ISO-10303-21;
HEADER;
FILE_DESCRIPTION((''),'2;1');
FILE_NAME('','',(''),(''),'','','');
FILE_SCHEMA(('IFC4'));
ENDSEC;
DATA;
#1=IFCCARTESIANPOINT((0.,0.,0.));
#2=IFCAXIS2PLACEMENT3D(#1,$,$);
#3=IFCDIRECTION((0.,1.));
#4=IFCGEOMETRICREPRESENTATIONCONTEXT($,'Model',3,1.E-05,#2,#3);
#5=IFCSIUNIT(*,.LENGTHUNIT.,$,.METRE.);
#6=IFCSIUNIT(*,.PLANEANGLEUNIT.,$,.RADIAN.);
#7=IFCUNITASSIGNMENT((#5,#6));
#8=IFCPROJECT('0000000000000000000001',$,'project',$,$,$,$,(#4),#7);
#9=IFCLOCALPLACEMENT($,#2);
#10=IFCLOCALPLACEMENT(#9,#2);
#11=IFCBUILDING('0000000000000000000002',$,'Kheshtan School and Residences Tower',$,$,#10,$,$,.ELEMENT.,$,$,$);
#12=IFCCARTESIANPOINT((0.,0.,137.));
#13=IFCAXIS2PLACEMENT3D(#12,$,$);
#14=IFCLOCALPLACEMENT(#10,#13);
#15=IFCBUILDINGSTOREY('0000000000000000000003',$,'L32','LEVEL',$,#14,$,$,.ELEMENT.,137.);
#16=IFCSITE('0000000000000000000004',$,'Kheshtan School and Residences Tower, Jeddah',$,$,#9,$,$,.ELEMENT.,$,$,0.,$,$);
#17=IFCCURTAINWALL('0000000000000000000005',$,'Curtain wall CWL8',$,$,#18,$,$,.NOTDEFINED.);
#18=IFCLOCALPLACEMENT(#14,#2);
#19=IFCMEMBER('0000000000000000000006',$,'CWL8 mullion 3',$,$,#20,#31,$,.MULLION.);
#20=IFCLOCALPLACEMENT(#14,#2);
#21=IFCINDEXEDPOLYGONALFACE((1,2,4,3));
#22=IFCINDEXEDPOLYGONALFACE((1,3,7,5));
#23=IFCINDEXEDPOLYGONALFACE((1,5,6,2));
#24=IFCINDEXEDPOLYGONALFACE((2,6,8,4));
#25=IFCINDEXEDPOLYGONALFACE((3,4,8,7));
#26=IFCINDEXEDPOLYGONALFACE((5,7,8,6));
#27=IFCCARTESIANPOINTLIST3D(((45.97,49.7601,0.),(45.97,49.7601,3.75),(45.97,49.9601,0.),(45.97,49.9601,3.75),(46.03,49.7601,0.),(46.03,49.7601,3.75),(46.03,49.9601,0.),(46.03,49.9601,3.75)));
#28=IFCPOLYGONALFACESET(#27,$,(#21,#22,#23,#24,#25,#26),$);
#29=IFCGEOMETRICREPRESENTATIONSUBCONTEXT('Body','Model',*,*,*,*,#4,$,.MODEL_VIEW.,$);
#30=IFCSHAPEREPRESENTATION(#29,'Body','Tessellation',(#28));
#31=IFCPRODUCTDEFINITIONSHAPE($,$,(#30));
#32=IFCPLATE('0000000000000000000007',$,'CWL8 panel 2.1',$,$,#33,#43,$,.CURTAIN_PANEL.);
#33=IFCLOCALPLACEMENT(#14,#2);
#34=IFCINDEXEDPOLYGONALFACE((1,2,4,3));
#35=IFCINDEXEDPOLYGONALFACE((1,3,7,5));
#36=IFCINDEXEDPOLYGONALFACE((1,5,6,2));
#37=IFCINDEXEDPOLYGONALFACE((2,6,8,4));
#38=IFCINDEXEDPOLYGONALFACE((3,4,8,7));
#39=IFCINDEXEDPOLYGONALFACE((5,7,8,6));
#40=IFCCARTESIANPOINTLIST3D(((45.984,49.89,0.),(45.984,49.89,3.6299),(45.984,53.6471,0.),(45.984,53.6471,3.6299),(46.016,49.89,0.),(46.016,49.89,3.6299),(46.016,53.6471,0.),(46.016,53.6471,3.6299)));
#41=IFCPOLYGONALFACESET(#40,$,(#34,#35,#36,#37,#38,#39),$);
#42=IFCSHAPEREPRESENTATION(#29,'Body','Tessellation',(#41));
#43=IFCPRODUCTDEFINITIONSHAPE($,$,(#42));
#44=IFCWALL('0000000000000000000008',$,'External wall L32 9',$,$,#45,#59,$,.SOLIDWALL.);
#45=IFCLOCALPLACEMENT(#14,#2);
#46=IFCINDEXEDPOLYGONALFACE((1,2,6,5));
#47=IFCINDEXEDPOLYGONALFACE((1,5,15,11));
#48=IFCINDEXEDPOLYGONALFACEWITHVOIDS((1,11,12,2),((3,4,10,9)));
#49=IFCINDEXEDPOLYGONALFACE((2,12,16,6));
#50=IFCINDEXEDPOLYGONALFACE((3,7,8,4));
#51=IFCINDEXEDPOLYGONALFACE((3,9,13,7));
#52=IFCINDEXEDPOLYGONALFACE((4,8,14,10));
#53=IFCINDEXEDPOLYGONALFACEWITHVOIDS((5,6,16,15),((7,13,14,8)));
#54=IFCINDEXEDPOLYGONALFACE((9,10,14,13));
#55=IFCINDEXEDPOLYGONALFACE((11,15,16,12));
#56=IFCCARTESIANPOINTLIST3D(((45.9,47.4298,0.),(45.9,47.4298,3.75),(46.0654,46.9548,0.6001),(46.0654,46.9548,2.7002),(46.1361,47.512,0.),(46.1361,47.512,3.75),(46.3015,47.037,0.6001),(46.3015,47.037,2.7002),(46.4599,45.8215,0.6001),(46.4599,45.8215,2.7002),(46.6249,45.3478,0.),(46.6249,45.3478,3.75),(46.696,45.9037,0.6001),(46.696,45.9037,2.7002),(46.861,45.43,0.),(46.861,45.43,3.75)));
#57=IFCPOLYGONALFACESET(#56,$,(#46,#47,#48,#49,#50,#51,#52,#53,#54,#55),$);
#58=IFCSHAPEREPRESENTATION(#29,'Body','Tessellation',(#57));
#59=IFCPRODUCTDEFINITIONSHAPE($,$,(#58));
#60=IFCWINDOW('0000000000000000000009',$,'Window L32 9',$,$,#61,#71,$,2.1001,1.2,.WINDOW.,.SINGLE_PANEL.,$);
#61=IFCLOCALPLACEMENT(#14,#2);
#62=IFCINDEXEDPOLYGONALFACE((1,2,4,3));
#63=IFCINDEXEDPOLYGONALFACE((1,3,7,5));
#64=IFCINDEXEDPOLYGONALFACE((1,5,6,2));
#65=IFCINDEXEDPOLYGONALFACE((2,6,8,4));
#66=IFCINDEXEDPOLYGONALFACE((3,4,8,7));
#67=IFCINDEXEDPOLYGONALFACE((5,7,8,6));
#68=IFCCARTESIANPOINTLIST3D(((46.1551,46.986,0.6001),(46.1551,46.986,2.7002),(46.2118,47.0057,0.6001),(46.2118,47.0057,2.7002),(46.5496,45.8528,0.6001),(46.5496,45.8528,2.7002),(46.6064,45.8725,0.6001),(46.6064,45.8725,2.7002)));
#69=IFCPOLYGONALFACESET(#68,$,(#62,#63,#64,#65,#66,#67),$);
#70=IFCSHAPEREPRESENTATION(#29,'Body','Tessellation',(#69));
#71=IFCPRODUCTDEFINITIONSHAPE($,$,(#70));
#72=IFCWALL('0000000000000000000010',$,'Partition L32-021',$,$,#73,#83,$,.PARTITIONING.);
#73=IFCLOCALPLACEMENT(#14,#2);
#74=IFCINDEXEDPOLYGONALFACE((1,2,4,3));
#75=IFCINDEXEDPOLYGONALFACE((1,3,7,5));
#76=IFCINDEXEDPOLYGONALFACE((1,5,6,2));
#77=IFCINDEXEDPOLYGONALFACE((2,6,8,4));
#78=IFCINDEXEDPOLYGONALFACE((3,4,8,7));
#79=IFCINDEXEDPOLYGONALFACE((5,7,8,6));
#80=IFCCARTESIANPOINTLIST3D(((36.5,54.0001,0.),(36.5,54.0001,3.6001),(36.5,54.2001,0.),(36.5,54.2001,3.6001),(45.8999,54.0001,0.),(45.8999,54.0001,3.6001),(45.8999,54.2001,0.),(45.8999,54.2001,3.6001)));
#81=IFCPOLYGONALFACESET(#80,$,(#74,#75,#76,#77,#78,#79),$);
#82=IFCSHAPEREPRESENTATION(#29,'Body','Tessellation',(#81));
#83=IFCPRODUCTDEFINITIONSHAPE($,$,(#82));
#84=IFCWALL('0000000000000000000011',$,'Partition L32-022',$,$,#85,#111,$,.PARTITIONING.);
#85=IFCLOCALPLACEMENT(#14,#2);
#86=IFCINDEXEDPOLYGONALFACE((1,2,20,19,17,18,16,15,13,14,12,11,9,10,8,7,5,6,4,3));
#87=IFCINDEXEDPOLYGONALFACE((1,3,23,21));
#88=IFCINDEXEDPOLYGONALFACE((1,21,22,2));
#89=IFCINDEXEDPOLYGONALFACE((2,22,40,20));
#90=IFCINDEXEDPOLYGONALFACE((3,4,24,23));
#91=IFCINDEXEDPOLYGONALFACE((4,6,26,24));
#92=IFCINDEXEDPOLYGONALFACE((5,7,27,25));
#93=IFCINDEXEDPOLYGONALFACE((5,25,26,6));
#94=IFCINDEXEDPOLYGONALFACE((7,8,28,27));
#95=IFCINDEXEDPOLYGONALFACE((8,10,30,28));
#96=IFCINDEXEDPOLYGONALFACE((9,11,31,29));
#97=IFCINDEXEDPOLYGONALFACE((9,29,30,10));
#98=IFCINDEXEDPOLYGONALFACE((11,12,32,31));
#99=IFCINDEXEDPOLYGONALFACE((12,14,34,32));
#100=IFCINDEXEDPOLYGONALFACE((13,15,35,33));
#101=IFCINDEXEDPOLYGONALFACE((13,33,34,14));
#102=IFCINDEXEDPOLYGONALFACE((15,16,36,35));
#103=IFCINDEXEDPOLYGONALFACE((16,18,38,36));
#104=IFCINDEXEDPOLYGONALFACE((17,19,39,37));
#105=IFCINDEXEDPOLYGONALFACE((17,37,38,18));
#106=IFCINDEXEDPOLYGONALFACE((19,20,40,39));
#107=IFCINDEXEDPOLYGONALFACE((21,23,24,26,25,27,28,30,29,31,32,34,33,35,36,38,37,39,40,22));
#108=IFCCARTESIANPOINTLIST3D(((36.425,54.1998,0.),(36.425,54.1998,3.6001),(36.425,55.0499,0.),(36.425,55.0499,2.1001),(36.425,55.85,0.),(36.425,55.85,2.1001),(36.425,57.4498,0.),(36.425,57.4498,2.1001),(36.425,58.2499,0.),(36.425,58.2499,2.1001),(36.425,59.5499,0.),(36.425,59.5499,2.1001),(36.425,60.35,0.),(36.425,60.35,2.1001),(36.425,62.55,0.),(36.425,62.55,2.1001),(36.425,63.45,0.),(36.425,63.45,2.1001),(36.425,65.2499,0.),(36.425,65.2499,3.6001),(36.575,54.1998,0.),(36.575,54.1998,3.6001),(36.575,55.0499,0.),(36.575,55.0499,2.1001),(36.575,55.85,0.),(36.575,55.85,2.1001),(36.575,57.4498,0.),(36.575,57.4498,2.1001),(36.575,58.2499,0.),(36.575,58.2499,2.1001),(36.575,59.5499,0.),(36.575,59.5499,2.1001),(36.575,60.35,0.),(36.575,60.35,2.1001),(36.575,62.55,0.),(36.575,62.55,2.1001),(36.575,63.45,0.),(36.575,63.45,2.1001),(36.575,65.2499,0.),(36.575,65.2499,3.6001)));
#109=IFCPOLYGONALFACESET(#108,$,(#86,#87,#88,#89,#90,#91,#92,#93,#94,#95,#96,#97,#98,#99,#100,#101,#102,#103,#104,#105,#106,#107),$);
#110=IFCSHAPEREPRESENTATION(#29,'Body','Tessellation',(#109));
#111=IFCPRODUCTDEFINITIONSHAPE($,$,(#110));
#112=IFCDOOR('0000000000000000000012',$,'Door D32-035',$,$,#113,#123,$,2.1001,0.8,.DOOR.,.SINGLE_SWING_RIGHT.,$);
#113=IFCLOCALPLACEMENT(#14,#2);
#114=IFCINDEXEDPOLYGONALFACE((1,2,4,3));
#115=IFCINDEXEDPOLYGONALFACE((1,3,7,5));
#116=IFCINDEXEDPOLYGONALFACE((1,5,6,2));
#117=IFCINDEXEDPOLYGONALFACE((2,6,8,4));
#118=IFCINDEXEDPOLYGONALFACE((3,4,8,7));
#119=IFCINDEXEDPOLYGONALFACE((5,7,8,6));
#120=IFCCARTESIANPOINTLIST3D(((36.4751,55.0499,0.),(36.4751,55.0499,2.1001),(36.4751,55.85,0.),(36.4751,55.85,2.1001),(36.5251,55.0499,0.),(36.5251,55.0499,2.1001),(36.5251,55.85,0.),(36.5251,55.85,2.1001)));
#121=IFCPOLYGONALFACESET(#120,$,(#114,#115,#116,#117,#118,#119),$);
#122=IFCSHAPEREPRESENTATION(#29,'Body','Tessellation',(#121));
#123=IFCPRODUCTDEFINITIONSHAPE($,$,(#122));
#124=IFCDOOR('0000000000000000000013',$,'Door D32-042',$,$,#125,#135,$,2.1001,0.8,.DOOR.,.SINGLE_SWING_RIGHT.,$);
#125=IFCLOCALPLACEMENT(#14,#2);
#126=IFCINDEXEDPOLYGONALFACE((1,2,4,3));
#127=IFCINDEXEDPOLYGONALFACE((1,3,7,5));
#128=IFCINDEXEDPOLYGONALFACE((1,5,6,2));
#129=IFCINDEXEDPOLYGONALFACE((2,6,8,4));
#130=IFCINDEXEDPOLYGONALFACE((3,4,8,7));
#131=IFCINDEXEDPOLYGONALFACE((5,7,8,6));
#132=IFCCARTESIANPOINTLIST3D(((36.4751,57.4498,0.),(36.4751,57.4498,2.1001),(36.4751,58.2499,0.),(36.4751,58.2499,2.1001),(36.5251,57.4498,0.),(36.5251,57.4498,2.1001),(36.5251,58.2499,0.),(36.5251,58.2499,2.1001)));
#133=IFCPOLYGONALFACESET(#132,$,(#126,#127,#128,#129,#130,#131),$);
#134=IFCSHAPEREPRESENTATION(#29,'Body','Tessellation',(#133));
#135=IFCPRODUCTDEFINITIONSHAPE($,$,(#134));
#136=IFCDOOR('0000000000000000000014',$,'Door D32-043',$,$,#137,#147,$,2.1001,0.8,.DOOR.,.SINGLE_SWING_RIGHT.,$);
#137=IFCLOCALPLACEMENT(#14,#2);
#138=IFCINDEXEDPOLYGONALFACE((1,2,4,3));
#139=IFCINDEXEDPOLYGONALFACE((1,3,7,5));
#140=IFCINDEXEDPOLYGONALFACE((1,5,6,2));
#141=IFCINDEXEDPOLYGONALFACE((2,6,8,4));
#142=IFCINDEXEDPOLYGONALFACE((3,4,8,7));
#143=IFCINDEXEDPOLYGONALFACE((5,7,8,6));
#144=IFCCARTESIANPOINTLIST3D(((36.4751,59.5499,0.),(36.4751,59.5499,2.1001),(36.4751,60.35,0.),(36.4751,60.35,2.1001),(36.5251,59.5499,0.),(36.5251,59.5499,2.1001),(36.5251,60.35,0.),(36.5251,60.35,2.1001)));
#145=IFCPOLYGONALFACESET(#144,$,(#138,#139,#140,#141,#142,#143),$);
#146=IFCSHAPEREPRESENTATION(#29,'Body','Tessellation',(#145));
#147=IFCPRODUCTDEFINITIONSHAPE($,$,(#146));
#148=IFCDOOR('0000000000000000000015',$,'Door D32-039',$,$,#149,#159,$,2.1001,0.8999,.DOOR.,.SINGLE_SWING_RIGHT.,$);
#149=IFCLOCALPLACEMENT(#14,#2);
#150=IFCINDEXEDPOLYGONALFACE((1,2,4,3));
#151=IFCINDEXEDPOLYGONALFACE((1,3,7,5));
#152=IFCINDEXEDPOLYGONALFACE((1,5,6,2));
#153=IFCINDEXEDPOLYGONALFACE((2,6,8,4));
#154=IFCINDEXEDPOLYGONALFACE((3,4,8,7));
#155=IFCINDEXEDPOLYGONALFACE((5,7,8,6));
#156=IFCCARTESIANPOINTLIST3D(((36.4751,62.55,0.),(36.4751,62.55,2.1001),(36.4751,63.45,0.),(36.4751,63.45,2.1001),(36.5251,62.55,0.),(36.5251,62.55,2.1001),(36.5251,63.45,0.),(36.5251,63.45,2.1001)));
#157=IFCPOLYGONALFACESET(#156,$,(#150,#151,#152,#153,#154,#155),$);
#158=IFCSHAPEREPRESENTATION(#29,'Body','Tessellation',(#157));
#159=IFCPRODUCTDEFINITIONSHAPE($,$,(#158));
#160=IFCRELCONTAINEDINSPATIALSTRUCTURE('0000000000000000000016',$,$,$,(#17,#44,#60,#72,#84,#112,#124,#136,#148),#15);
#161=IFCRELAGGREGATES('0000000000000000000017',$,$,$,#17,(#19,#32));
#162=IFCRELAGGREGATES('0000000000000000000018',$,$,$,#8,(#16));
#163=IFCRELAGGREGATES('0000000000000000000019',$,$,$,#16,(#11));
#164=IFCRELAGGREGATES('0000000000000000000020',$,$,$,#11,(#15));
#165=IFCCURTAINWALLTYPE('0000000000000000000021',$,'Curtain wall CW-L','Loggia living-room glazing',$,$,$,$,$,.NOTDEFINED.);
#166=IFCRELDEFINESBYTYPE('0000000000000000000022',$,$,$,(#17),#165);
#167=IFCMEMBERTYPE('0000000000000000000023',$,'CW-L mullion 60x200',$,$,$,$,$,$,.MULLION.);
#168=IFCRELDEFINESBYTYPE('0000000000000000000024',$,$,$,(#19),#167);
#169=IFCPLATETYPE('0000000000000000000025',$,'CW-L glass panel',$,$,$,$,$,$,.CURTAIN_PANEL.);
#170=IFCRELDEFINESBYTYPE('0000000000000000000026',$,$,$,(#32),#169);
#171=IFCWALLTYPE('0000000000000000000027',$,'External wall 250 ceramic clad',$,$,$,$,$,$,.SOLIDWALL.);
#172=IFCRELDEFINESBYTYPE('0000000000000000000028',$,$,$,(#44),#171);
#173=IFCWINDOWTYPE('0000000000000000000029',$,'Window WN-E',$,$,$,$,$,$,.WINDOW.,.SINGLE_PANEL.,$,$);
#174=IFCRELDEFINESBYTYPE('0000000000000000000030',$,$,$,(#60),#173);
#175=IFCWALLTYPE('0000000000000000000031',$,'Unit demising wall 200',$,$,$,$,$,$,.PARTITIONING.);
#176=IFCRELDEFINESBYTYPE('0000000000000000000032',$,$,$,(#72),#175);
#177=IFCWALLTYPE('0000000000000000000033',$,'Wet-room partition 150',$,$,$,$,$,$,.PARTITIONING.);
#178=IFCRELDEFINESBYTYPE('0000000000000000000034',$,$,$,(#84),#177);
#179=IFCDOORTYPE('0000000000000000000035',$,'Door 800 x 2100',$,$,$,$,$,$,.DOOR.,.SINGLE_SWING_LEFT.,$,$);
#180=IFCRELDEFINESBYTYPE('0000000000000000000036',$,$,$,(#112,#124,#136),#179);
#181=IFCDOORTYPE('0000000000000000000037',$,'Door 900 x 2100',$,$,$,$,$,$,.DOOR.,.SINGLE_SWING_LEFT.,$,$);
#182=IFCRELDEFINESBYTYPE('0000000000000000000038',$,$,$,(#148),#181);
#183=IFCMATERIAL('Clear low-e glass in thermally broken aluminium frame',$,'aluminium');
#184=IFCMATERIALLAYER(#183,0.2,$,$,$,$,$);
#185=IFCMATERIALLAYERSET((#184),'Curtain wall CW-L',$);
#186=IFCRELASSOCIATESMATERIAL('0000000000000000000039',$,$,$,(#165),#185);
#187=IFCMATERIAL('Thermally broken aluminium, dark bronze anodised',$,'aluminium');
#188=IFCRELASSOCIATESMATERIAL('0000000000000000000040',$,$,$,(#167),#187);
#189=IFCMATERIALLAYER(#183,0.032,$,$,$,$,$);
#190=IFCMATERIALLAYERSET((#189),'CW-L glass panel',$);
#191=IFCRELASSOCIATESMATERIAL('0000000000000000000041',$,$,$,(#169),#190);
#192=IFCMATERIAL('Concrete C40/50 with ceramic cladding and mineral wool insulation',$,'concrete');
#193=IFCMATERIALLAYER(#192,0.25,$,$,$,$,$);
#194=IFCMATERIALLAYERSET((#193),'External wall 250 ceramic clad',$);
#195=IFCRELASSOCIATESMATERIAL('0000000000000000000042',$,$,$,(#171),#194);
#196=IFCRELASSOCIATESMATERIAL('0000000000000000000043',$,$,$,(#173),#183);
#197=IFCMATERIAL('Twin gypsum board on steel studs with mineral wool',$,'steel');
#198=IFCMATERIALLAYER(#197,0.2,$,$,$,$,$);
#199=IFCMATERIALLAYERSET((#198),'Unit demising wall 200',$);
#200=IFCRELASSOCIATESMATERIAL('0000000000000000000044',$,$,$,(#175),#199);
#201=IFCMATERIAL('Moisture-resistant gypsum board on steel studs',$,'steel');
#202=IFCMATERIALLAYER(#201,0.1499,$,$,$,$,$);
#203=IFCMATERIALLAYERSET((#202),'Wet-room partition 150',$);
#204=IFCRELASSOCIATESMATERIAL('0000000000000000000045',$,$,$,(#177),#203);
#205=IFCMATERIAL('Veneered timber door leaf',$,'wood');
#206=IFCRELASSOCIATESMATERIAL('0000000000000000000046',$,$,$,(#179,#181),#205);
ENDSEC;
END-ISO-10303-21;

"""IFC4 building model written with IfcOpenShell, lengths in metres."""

from ifc_helpers import new_model, si_unit, direction, frame, frame_2d, origin, origin_2d, place, context, subcontext, project, spatial, rectangle, extrude, source, transform, mapped, material, layer, layer_set, material_profile, profile_set, type_object, element, fill, aggregate, save


model = new_model("IFC4")

# Units and contexts
model_context = context("Model", 3, precision=1e-05, world=origin(), true_north=direction((0.0, 1.0)))
body_context = subcontext(model_context, "Body", "Model", "MODEL_VIEW")
ifc_project = project(units=[si_unit("LENGTHUNIT", "METRE"), si_unit("PLANEANGLEUNIT", "RADIAN")], contexts=[model_context])

# Site, building, storey
site_placement = place(None, origin())
site = spatial("IfcSite", under=ifc_project, at=site_placement, Name="Kheshtan School and Residences Tower, Jeddah", CompositionType="ELEMENT", RefElevation=0.0)
building_placement = place(site_placement, origin())
building = spatial("IfcBuilding", under=site, at=building_placement, Name="Kheshtan School and Residences Tower", CompositionType="ELEMENT")
storey_placement = place(building_placement, frame((0.0, 0.0, 137.0)))
storey = spatial("IfcBuildingStorey", under=building, at=storey_placement, Name="L32", Description="LEVEL", CompositionType="ELEMENT", Elevation=137.0)

# Curtain wall, member, plate
ifc_material_1 = material(Name="Clear low-e glass in thermally broken aluminium frame", Category="aluminium")
ifc_layer_1 = layer(ifc_material_1, 0.2)
ifc_layer_set_1 = layer_set([ifc_layer_1], Name="Curtain wall CW-L")
curtain_wall_type = type_object("IfcCurtainWallType", Name="Curtain wall CW-L", Description="Loggia living-room glazing", PredefinedType="NOTDEFINED", material=ifc_layer_set_1)
curtain_wall_placement = place(storey_placement, origin())
curtain_wall = element("IfcCurtainWall", 1, at=curtain_wall_placement, inside=storey, type_object=curtain_wall_type, Name="Curtain wall CWL8", PredefinedType="NOTDEFINED")
ifc_material_2 = material(Name="Thermally broken aluminium, dark bronze anodised", Category="aluminium")
ifc_material_profile_1 = material_profile(ifc_material_2, rectangle(XDim=0.0601, YDim=0.2, at=origin_2d()), Name="CW-L mullion 60x200")
ifc_profile_set_1 = profile_set([ifc_material_profile_1], Name="Thermally broken aluminium, dark bronze anodised")
member_type = type_object("IfcMemberType", Name="CW-L mullion 60x200", PredefinedType="MULLION", material=ifc_profile_set_1)
member_1_placement = place(storey_placement, frame((46.0, 49.8601, 0.0), z_axis=(0.0, 0.0, 1.0), x_axis=(1.0, 0.0, 0.0)))
member_1 = element("IfcMember", 2, at=member_1_placement, type_object=member_type, Name="CWL8 mullion 3", PredefinedType="MULLION", context=body_context, shape_type="SweptSolid", body=[
    extrude(rectangle(XDim=0.0601, YDim=0.2, at=origin_2d()), origin(), (0.0, 0.0, 1.0), 3.75),
])
ifc_layer_2 = layer(ifc_material_1, 0.032)
ifc_layer_set_2 = layer_set([ifc_layer_2], Name="CW-L glass panel")
plate_type = type_object("IfcPlateType", Name="CW-L glass panel", PredefinedType="CURTAIN_PANEL", material=ifc_layer_set_2)
plate_placement = place(storey_placement, frame((46.0, 51.7686, 0.0), z_axis=(0.0, 0.0, 1.0), x_axis=(0.0, -1.0, 0.0)))
plate = element("IfcPlate", 3, at=plate_placement, type_object=plate_type, Name="CWL8 panel 2.1", PredefinedType="CURTAIN_PANEL", context=body_context, shape_type="SweptSolid", body=[
    extrude(rectangle(XDim=3.7571, YDim=0.032, at=origin_2d()), origin(), (0.0, 0.0, 1.0), 3.6299),
])
aggregate(curtain_wall, [member_1, plate])

# Wall, opening, window
ifc_material_3 = material(Name="Concrete C40/50 with ceramic cladding and mineral wool insulation", Category="concrete")
ifc_layer_3 = layer(ifc_material_3, 0.25)
ifc_layer_set_3 = layer_set([ifc_layer_3], Name="External wall 250 ceramic clad")
wall_type_1 = type_object("IfcWallType", Name="External wall 250 ceramic clad", PredefinedType="SOLIDWALL", material=ifc_layer_set_3)
wall_1_placement = place(storey_placement, frame((46.0181, 47.4709, 0.0), z_axis=(0.0, 0.0, 1.0), x_axis=(0.328791, -0.944403, 0.0)))
wall_1 = element("IfcWall", 4, at=wall_1_placement, inside=storey, type_object=wall_type_1, Name="External wall L32 9", PredefinedType="SOLIDWALL", context=body_context, shape_type="SweptSolid", body=[
    extrude(rectangle(XDim=2.2046, YDim=0.25, at=frame_2d((1.1023, 0.0))), origin(), (0.0, 0.0, 1.0), 3.75),
])
opening_1_placement = place(wall_1_placement, frame((0.5029, 0.0, 0.6001)))
opening_1 = element("IfcOpeningElement", 5, at=opening_1_placement, cuts=wall_1, PredefinedType="OPENING", context=body_context, shape_type="SweptSolid", body=[
    extrude(rectangle(XDim=1.2, YDim=2.1001, at=frame_2d((0.6001, 1.05))), frame((0.0, 0.135, 0.0), z_axis=(0.0, -1.0, 0.0), x_axis=(1.0, 0.0, 0.0)), (0.0, 0.0, 1.0), 0.27),
])
window_type = type_object("IfcWindowType", Name="Window WN-E", PartitioningType="SINGLE_PANEL", PredefinedType="WINDOW", material=ifc_material_1)
shared_shape_1 = source(origin(), body_context, "Body", "SweptSolid", [
    extrude(rectangle(XDim=1.2, YDim=2.1001, at=frame_2d((0.6001, 1.05))), frame((0.0, 0.03, 0.0), z_axis=(0.0, -1.0, 0.0), x_axis=(1.0, 0.0, 0.0)), (0.0, 0.0, 1.0), 0.0601),
])
window_placement = place(opening_1_placement, origin())
window = element("IfcWindow", 6, at=window_placement, inside=storey, type_object=window_type, Name="Window L32 9", OverallHeight=2.1001, OverallWidth=1.2, PartitioningType="SINGLE_PANEL", PredefinedType="WINDOW", context=body_context, shape_type="MappedRepresentation", body=[
    mapped(shared_shape_1, transform((0.0, 0.0, 0.0), x_axis=(1.0, 0.0, 0.0), y_axis=(0.0, 1.0, 0.0), z_axis=(0.0, 0.0, 1.0), scale=1.0)),
])
fill(opening_1, window)

# Wall
ifc_material_4 = material(Name="Twin gypsum board on steel studs with mineral wool", Category="steel")
ifc_layer_4 = layer(ifc_material_4, 0.2)
ifc_layer_set_4 = layer_set([ifc_layer_4], Name="Unit demising wall 200")
wall_type_2 = type_object("IfcWallType", Name="Unit demising wall 200", PredefinedType="PARTITIONING", material=ifc_layer_set_4)
wall_2_placement = place(storey_placement, frame((36.5, 54.1001, 0.0), z_axis=(0.0, 0.0, 1.0), x_axis=(1.0, 0.0, 0.0)))
element("IfcWall", 7, at=wall_2_placement, inside=storey, type_object=wall_type_2, Name="Partition L32-021", PredefinedType="PARTITIONING", context=body_context, shape_type="SweptSolid", body=[
    extrude(rectangle(XDim=9.3999, YDim=0.2, at=frame_2d((4.7, 0.0))), origin(), (0.0, 0.0, 1.0), 3.6001),
])

# Wall, openings, doors
ifc_material_5 = material(Name="Moisture-resistant gypsum board on steel studs", Category="steel")
ifc_layer_5 = layer(ifc_material_5, 0.1499)
ifc_layer_set_5 = layer_set([ifc_layer_5], Name="Wet-room partition 150")
wall_type_3 = type_object("IfcWallType", Name="Wet-room partition 150", PredefinedType="PARTITIONING", material=ifc_layer_set_5)
wall_3_placement = place(storey_placement, frame((36.5, 54.2, 0.0), z_axis=(0.0, 0.0, 1.0), x_axis=(0.0, 1.0, 0.0)))
wall_3 = element("IfcWall", 8, at=wall_3_placement, inside=storey, type_object=wall_type_3, Name="Partition L32-022", PredefinedType="PARTITIONING", context=body_context, shape_type="SweptSolid", body=[
    extrude(rectangle(XDim=11.05, YDim=0.1499, at=frame_2d((5.5249, 0.0))), origin(), (0.0, 0.0, 1.0), 3.6001),
])
opening_2_placement = place(wall_3_placement, frame((0.8501, 0.0, 0.0)))
opening_2 = element("IfcOpeningElement", 9, at=opening_2_placement, cuts=wall_3, PredefinedType="OPENING", context=body_context, shape_type="SweptSolid", body=[
    extrude(rectangle(XDim=0.8, YDim=2.1001, at=frame_2d((0.3999, 1.05))), frame((0.0, 0.085, 0.0), z_axis=(0.0, -1.0, 0.0), x_axis=(1.0, 0.0, 0.0)), (0.0, 0.0, 1.0), 0.1699),
])
opening_3_placement = place(wall_3_placement, frame((8.3501, 0.0, 0.0)))
opening_3 = element("IfcOpeningElement", 10, at=opening_3_placement, cuts=wall_3, PredefinedType="OPENING", context=body_context, shape_type="SweptSolid", body=[
    extrude(rectangle(XDim=0.8999, YDim=2.1001, at=frame_2d((0.45, 1.05))), frame((0.0, 0.085, 0.0), z_axis=(0.0, -1.0, 0.0), x_axis=(1.0, 0.0, 0.0)), (0.0, 0.0, 1.0), 0.1699),
])
opening_4_placement = place(wall_3_placement, frame((3.25, 0.0, 0.0)))
opening_4 = element("IfcOpeningElement", 11, at=opening_4_placement, cuts=wall_3, PredefinedType="OPENING", context=body_context, shape_type="SweptSolid", body=[
    extrude(rectangle(XDim=0.8, YDim=2.1001, at=frame_2d((0.3999, 1.05))), frame((0.0, 0.085, 0.0), z_axis=(0.0, -1.0, 0.0), x_axis=(1.0, 0.0, 0.0)), (0.0, 0.0, 1.0), 0.1699),
])
opening_5_placement = place(wall_3_placement, frame((5.3501, 0.0, 0.0)))
opening_5 = element("IfcOpeningElement", 12, at=opening_5_placement, cuts=wall_3, PredefinedType="OPENING", context=body_context, shape_type="SweptSolid", body=[
    extrude(rectangle(XDim=0.8, YDim=2.1001, at=frame_2d((0.3999, 1.05))), frame((0.0, 0.085, 0.0), z_axis=(0.0, -1.0, 0.0), x_axis=(1.0, 0.0, 0.0)), (0.0, 0.0, 1.0), 0.1699),
])
ifc_material_6 = material(Name="Veneered timber door leaf", Category="wood")
door_type_1 = type_object("IfcDoorType", Name="Door 800 x 2100", OperationType="SINGLE_SWING_LEFT", PredefinedType="DOOR", material=ifc_material_6)
shared_shape_2 = source(origin(), body_context, "Body", "SweptSolid", [
    extrude(rectangle(XDim=0.8, YDim=2.1001, at=frame_2d((0.3999, 1.05))), frame((0.0, 0.0249, 0.0), z_axis=(0.0, -1.0, 0.0), x_axis=(1.0, 0.0, 0.0)), (0.0, 0.0, 1.0), 0.05),
])
door_1_placement = place(opening_2_placement, origin())
door_1 = element("IfcDoor", 13, at=door_1_placement, inside=storey, type_object=door_type_1, Name="Door D32-035", OperationType="SINGLE_SWING_RIGHT", OverallHeight=2.1001, OverallWidth=0.8, PredefinedType="DOOR", context=body_context, shape_type="MappedRepresentation", body=[
    mapped(shared_shape_2, transform((0.0, 0.0, 0.0), x_axis=(1.0, 0.0, 0.0), y_axis=(0.0, 1.0, 0.0), z_axis=(0.0, 0.0, 1.0), scale=1.0)),
])
fill(opening_2, door_1)
door_2_placement = place(opening_4_placement, origin())
door_2 = element("IfcDoor", 14, at=door_2_placement, inside=storey, type_object=door_type_1, Name="Door D32-042", OperationType="SINGLE_SWING_RIGHT", OverallHeight=2.1001, OverallWidth=0.8, PredefinedType="DOOR", context=body_context, shape_type="MappedRepresentation", body=[
    mapped(shared_shape_2, transform((0.0, 0.0, 0.0), x_axis=(1.0, 0.0, 0.0), y_axis=(0.0, 1.0, 0.0), z_axis=(0.0, 0.0, 1.0), scale=1.0)),
])
fill(opening_4, door_2)
door_3_placement = place(opening_5_placement, origin())
door_3 = element("IfcDoor", 15, at=door_3_placement, inside=storey, type_object=door_type_1, Name="Door D32-043", OperationType="SINGLE_SWING_RIGHT", OverallHeight=2.1001, OverallWidth=0.8, PredefinedType="DOOR", context=body_context, shape_type="MappedRepresentation", body=[
    mapped(shared_shape_2, transform((0.0, 0.0, 0.0), x_axis=(1.0, 0.0, 0.0), y_axis=(0.0, 1.0, 0.0), z_axis=(0.0, 0.0, 1.0), scale=1.0)),
])
fill(opening_5, door_3)
door_type_2 = type_object("IfcDoorType", Name="Door 900 x 2100", OperationType="SINGLE_SWING_LEFT", PredefinedType="DOOR", material=ifc_material_6)
shared_shape_3 = source(origin(), body_context, "Body", "SweptSolid", [
    extrude(rectangle(XDim=0.8999, YDim=2.1001, at=frame_2d((0.45, 1.05))), frame((0.0, 0.0249, 0.0), z_axis=(0.0, -1.0, 0.0), x_axis=(1.0, 0.0, 0.0)), (0.0, 0.0, 1.0), 0.05),
])
door_4_placement = place(opening_3_placement, origin())
door_4 = element("IfcDoor", 16, at=door_4_placement, inside=storey, type_object=door_type_2, Name="Door D32-039", OperationType="SINGLE_SWING_RIGHT", OverallHeight=2.1001, OverallWidth=0.8999, PredefinedType="DOOR", context=body_context, shape_type="MappedRepresentation", body=[
    mapped(shared_shape_3, transform((0.0, 0.0, 0.0), x_axis=(1.0, 0.0, 0.0), y_axis=(0.0, 1.0, 0.0), z_axis=(0.0, 0.0, 1.0), scale=1.0)),
])
fill(opening_3, door_4)

save(model, "model.ifc")
